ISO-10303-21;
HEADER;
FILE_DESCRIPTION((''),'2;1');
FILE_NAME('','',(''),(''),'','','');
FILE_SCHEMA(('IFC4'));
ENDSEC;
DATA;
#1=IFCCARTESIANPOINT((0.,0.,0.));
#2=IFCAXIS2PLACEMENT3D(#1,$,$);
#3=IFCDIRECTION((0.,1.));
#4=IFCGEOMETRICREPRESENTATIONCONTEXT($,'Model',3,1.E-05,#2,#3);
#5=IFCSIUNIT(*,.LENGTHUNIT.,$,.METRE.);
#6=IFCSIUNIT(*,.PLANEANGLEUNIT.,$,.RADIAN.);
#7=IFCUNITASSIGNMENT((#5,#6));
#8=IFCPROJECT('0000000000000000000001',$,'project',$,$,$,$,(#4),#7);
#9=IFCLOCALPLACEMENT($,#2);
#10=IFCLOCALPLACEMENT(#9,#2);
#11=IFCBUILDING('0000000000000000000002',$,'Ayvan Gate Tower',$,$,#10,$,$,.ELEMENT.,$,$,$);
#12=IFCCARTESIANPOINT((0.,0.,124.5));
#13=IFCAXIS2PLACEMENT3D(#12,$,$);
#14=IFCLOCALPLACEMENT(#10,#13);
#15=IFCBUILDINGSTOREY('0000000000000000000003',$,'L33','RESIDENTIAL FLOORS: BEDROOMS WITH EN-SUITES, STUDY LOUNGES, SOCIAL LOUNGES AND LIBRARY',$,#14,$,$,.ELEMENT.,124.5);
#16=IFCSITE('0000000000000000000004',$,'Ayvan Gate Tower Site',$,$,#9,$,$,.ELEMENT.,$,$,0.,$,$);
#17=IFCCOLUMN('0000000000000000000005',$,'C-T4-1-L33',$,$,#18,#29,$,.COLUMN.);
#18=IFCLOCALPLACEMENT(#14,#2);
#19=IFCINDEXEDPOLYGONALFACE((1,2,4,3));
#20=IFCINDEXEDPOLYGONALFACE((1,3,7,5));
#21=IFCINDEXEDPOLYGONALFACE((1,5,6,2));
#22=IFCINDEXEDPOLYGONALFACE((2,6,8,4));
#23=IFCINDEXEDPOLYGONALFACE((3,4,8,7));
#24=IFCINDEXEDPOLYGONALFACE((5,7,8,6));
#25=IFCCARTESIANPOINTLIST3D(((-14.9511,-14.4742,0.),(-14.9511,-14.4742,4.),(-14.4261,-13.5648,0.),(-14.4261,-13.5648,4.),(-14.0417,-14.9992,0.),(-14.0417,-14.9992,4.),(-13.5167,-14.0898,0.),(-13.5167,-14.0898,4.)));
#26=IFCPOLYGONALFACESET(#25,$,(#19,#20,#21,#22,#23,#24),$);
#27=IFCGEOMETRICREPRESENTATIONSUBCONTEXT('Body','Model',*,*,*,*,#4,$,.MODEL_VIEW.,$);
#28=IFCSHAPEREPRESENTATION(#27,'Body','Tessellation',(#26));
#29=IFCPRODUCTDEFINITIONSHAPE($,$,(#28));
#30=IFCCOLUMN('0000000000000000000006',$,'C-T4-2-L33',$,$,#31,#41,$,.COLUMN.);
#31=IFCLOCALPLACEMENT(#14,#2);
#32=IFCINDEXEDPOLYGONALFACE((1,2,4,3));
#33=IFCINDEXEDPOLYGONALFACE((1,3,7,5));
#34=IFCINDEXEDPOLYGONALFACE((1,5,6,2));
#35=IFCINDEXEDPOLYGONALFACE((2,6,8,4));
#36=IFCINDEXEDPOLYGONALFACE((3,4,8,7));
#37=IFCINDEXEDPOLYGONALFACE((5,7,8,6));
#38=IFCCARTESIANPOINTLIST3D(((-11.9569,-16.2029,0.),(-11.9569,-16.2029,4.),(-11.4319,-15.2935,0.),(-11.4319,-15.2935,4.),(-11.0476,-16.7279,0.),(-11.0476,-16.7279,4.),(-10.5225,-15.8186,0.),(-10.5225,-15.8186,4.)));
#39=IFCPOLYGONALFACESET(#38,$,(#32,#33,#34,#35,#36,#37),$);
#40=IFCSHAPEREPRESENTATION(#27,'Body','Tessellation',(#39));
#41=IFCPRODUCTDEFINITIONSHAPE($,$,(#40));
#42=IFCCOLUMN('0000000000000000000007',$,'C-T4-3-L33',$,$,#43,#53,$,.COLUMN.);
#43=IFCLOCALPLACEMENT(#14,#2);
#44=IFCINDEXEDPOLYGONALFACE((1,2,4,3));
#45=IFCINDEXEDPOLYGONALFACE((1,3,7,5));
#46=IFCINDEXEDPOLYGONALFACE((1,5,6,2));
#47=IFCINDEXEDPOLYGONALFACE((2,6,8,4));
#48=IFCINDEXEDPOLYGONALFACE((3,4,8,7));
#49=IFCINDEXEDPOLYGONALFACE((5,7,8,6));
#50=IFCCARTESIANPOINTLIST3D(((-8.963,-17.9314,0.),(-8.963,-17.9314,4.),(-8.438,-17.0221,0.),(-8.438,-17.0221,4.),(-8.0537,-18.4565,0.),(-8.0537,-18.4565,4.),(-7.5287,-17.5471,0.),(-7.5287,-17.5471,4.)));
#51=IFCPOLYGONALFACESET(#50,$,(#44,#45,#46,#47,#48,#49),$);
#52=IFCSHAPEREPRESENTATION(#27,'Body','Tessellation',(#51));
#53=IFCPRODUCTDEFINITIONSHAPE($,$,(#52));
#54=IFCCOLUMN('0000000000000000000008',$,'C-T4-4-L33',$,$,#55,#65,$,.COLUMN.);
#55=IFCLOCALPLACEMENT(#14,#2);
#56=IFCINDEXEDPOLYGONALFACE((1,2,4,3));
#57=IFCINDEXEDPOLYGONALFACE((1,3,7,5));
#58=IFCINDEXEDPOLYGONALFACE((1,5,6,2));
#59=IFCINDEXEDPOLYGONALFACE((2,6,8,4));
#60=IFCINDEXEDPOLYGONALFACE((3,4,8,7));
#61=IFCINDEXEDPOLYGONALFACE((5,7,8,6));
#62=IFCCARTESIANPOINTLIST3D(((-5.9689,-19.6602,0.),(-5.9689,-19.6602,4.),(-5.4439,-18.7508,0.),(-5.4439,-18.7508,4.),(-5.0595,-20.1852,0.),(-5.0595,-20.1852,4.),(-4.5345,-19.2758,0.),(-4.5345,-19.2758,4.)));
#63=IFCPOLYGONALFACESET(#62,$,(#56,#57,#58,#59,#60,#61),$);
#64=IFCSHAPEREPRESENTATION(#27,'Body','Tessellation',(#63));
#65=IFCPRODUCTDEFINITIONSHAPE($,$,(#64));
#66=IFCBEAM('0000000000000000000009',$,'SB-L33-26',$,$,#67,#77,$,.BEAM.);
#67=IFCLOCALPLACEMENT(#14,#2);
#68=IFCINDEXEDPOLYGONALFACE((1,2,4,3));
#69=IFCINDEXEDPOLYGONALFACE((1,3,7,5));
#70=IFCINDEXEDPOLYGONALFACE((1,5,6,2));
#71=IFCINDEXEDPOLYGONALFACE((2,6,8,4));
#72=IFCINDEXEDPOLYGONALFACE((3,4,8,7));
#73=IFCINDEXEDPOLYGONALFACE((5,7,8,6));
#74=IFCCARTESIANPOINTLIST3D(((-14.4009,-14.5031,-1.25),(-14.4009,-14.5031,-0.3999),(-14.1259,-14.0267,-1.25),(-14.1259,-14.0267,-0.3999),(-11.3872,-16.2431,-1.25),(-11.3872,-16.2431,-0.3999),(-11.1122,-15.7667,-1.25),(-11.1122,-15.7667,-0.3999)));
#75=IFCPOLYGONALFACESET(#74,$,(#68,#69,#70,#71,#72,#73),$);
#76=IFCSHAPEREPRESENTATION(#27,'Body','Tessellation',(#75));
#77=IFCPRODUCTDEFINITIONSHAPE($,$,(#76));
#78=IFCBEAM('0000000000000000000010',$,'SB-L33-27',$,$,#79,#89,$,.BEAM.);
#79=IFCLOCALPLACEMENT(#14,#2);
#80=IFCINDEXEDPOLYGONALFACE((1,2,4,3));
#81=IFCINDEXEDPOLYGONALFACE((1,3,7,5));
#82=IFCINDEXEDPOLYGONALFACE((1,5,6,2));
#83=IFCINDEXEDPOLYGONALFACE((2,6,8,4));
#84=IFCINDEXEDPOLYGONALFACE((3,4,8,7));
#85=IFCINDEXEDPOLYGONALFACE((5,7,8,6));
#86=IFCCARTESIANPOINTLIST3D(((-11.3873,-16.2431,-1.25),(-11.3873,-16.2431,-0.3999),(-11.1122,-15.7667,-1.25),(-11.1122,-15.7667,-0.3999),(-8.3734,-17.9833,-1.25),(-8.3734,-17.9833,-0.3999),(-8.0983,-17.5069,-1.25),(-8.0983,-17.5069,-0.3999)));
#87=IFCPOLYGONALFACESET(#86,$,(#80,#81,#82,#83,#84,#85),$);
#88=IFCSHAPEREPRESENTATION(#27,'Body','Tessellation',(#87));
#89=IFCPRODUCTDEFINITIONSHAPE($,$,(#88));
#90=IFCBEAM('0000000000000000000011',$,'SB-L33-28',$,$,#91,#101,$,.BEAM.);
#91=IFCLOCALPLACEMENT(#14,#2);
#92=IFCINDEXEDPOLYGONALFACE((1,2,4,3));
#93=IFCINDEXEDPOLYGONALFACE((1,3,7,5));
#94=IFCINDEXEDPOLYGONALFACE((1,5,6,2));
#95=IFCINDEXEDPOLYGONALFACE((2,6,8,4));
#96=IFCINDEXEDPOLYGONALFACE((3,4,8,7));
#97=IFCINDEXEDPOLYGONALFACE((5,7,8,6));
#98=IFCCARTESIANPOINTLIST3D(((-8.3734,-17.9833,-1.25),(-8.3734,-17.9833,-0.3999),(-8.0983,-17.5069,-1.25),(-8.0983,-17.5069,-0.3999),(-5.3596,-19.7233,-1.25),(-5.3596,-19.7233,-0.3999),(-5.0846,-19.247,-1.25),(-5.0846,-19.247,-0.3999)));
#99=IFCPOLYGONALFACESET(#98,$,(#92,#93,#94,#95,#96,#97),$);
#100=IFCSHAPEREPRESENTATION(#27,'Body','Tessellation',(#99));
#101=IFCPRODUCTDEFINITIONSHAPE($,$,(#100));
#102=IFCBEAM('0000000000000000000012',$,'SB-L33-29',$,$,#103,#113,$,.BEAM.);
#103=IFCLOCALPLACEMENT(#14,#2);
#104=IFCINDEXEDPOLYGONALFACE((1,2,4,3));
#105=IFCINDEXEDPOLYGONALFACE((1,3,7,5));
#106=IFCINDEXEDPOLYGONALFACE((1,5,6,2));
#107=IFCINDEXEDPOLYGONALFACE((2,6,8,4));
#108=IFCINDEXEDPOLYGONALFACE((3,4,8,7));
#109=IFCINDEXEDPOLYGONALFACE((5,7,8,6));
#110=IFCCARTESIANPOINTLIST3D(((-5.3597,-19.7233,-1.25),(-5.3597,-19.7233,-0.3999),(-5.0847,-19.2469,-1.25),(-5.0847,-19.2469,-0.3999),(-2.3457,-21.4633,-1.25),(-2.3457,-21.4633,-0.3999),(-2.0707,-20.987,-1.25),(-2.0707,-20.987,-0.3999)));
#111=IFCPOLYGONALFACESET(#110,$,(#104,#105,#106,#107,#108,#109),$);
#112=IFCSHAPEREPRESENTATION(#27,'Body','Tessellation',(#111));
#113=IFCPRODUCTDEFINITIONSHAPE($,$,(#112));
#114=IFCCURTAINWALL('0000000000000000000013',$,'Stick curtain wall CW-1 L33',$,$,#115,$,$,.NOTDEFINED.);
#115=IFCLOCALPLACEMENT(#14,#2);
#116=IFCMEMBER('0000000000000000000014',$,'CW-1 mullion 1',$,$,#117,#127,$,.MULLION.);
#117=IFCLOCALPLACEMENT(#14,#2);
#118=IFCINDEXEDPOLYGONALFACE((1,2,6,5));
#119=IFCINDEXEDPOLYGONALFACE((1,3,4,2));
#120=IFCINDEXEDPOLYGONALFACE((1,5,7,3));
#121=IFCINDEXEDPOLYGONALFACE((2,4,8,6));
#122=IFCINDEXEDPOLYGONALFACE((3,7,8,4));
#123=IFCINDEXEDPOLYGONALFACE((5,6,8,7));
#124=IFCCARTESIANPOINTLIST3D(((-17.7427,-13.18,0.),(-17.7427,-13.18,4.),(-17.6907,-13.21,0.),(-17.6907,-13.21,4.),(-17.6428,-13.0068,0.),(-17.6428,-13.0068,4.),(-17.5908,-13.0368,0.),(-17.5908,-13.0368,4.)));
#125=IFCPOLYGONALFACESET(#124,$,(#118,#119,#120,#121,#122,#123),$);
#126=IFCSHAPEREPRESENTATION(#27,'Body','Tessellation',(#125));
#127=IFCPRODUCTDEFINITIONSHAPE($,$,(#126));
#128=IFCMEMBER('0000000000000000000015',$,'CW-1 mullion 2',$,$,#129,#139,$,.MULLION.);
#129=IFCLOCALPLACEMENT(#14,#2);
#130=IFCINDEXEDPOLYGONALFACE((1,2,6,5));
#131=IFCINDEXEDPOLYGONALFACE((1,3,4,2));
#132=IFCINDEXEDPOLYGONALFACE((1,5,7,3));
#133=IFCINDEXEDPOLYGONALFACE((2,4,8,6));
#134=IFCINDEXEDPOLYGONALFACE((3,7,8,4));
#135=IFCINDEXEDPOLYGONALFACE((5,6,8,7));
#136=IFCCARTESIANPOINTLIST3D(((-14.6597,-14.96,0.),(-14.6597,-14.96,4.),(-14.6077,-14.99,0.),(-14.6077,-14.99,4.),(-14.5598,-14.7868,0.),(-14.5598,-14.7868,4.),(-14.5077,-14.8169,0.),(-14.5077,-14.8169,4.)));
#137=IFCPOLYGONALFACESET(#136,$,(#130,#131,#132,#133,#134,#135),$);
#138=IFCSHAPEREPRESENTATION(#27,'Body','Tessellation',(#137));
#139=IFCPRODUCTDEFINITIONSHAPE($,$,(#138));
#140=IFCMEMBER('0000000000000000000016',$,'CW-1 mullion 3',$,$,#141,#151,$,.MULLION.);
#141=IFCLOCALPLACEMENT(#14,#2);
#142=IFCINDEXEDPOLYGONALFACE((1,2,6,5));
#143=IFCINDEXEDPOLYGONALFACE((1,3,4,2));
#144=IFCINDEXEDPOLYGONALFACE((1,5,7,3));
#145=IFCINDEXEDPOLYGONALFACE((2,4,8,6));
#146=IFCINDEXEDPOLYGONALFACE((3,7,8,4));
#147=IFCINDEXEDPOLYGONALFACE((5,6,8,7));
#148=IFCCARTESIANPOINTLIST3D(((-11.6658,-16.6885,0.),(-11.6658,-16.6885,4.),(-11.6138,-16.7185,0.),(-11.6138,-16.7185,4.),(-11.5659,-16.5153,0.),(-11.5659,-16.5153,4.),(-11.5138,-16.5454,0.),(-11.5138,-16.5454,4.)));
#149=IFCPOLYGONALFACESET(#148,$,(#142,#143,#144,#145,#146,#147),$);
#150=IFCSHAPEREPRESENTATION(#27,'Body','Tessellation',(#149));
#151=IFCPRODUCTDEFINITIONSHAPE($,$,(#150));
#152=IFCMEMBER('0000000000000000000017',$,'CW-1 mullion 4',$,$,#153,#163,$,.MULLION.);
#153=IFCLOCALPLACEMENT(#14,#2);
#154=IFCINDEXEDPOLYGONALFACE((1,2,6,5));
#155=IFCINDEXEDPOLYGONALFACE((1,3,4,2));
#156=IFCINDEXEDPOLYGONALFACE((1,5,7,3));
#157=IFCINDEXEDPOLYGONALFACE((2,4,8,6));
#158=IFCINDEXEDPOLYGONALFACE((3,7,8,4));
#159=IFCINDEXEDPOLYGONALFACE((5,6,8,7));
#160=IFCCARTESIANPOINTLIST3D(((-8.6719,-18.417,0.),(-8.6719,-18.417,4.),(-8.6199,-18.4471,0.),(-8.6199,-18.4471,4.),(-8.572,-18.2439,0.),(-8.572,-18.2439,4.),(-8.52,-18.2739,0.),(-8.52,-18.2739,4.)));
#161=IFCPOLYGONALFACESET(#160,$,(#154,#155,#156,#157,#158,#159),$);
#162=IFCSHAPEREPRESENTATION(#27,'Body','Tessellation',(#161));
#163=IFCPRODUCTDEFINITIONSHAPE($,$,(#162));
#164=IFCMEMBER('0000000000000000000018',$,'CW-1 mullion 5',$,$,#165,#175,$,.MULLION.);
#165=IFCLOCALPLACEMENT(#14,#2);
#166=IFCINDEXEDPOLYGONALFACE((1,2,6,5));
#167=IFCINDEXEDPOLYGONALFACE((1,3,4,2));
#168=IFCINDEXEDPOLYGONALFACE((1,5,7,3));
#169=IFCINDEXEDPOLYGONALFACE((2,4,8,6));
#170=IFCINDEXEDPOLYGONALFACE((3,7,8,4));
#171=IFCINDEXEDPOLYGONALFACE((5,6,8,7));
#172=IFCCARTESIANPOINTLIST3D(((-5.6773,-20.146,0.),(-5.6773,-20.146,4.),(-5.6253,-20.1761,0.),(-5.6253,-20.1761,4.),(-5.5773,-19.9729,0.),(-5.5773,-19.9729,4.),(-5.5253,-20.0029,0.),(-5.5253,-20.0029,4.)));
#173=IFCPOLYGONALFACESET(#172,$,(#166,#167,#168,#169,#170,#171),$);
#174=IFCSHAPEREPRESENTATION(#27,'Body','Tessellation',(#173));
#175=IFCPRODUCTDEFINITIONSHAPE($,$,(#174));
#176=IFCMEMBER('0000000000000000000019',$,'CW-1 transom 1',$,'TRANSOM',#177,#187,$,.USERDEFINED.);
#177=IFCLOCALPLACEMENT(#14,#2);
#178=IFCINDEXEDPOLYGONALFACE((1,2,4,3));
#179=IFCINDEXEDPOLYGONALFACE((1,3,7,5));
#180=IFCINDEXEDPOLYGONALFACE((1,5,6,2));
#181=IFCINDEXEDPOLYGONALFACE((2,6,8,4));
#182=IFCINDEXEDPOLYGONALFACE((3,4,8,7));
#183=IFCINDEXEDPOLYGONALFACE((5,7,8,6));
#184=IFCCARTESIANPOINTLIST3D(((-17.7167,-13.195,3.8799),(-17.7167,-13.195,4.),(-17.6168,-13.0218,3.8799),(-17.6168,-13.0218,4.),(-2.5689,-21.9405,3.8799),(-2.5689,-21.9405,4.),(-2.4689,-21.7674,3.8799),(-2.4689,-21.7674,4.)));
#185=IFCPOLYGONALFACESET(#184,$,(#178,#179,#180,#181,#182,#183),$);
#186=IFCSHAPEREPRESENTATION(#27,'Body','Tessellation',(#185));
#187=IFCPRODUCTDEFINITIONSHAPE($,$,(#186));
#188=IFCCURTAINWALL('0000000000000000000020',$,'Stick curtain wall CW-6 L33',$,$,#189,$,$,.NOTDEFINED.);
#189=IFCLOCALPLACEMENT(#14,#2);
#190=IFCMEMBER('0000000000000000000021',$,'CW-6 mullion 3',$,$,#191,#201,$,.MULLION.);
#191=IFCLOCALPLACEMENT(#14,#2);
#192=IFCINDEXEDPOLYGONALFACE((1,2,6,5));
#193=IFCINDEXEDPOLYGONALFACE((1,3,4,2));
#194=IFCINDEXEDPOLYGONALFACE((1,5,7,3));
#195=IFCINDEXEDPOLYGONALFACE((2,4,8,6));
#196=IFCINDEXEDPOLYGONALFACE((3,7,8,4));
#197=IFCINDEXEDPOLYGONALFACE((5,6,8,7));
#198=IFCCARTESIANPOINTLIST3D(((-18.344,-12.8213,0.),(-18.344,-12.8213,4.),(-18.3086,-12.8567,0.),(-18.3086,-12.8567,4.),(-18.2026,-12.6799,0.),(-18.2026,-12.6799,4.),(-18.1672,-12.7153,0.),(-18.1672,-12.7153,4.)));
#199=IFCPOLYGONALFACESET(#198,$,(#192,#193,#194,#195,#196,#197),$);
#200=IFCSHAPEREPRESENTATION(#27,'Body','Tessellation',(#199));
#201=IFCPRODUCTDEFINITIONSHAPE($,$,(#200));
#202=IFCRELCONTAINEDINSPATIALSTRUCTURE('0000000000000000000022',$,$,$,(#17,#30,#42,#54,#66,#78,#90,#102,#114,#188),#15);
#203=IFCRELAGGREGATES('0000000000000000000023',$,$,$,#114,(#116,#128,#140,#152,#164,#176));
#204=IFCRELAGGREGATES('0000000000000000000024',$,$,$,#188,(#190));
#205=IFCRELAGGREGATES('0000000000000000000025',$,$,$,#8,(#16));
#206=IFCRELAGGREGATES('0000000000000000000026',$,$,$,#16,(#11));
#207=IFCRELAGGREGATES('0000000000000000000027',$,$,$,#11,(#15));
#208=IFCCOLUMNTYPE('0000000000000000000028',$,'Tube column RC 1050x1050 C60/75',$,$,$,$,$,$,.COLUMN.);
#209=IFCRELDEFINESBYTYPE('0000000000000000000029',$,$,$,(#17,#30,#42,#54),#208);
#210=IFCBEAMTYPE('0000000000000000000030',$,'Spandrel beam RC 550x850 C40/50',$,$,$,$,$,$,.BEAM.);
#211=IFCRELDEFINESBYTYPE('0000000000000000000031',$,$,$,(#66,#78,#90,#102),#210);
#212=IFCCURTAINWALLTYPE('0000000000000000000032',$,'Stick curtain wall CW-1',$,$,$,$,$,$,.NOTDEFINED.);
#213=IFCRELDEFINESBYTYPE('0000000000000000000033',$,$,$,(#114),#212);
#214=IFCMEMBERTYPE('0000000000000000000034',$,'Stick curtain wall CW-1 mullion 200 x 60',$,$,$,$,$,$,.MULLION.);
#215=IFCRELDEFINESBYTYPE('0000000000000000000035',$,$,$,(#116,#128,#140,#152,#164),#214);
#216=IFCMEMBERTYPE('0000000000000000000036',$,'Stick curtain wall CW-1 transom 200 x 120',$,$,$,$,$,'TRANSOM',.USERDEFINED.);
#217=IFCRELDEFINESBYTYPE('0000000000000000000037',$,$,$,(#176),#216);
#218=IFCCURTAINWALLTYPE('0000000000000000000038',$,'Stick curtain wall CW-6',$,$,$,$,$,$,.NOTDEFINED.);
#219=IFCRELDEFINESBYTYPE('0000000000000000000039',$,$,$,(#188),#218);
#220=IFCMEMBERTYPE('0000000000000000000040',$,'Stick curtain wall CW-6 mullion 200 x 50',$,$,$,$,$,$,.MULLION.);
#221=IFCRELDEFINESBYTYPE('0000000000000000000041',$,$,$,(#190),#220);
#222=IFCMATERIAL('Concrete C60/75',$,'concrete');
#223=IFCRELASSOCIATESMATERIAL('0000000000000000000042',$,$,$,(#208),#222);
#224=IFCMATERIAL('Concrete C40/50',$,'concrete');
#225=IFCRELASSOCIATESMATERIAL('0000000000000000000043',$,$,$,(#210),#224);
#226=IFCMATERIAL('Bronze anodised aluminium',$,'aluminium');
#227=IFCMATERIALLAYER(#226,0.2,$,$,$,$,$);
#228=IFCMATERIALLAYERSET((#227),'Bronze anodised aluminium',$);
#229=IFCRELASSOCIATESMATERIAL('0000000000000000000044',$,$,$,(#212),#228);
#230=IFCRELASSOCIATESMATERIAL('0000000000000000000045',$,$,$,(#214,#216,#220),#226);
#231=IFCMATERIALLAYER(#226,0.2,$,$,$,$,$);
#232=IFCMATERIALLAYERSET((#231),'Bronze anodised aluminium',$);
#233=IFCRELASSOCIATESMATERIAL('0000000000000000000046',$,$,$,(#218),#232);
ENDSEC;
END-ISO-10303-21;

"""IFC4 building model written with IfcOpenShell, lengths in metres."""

from ifc_helpers import new_model, si_unit, direction, frame, origin, origin_2d, place, context, subcontext, project, spatial, rectangle, extrude, material, layer, layer_set, material_profile, profile_set, type_object, element, aggregate, save


model = new_model("IFC4")

# Units and contexts
model_context = context("Model", 3, precision=1e-05, world=origin(), true_north=direction((0.0, 1.0)))
body_context = subcontext(model_context, "Body", "Model", "MODEL_VIEW")
ifc_project = project(units=[si_unit("LENGTHUNIT", "METRE"), si_unit("PLANEANGLEUNIT", "RADIAN")], contexts=[model_context])

# Site, building, storey
site_placement = place(None, origin())
site = spatial("IfcSite", under=ifc_project, at=site_placement, Name="Ayvan Gate Tower Site", CompositionType="ELEMENT", RefElevation=0.0)
building_placement = place(site_placement, origin())
building = spatial("IfcBuilding", under=site, at=building_placement, Name="Ayvan Gate Tower", CompositionType="ELEMENT")
storey_placement = place(building_placement, frame((0.0, 0.0, 124.5)))
storey = spatial("IfcBuildingStorey", under=building, at=storey_placement, Name="L33", Description="RESIDENTIAL FLOORS: BEDROOMS WITH EN-SUITES, STUDY LOUNGES, SOCIAL LOUNGES AND LIBRARY", CompositionType="ELEMENT", Elevation=124.5)

# Columns
ifc_material_1 = material(Name="Concrete C60/75", Category="concrete")
ifc_material_profile_1 = material_profile(ifc_material_1, rectangle(XDim=1.05, YDim=1.05, at=origin_2d()), Name="RC 1050x1050")
ifc_profile_set_1 = profile_set([ifc_material_profile_1], Name="Concrete C60/75")
column_type = type_object("IfcColumnType", Name="Tube column RC 1050x1050 C60/75", PredefinedType="COLUMN", material=ifc_profile_set_1)
for number, where, z_axis, x_axis, name in (
    (1, (-14.2339, -14.282, 0.0), (0.0, 0.0, 1.0), (-0.5, -0.866025, 0.0), "C-T4-1-L33"),
    (2, (-11.2397, -16.0107, 0.0), (0.0, 0.0, 1.0), (-0.5, -0.866025, 0.0), "C-T4-2-L33"),
    (3, (-8.2458, -17.7393, 0.0), (0.0, 0.0, 1.0), (-0.5, -0.866025, 0.0), "C-T4-3-L33"),
    (4, (-5.2517, -19.468, 0.0), (0.0, 0.0, 1.0), (-0.5, -0.866025, 0.0), "C-T4-4-L33"),
):
    element("IfcColumn", number, at=place(storey_placement, frame(where, z_axis=z_axis, x_axis=x_axis)), inside=storey, type_object=column_type, Name=name, PredefinedType="COLUMN", context=body_context, shape_type="SweptSolid", body=[
        extrude(rectangle(XDim=1.05, YDim=1.05, at=origin_2d()), origin(), (0.0, 0.0, 1.0), 4.0),
    ])

# Beams
ifc_material_2 = material(Name="Concrete C40/50", Category="concrete")
ifc_material_profile_2 = material_profile(ifc_material_2, rectangle(XDim=0.55, YDim=0.8501, at=origin_2d()), Name="RC 550x850")
ifc_profile_set_2 = profile_set([ifc_material_profile_2], Name="Concrete C40/50")
beam_type = type_object("IfcBeamType", Name="Spandrel beam RC 550x850 C40/50", PredefinedType="BEAM", material=ifc_profile_set_2)
beam_1_placement = place(storey_placement, frame((-14.2634, -14.2649, -0.825), z_axis=(0.86602, -0.50001, 0.0), x_axis=(0.50001, 0.86602, 0.0)))
element("IfcBeam", 5, at=beam_1_placement, inside=storey, type_object=beam_type, Name="SB-L33-26", PredefinedType="BEAM", context=body_context, shape_type="SweptSolid", body=[
    extrude(rectangle(XDim=0.55, YDim=0.8501, at=origin_2d()), origin(), (0.0, 0.0, 1.0), 3.48),
])
beam_2_placement = place(storey_placement, frame((-11.2498, -16.0049, -0.825), z_axis=(0.866007, -0.500032, 0.0), x_axis=(0.500032, 0.866007, 0.0)))
element("IfcBeam", 6, at=beam_2_placement, inside=storey, type_object=beam_type, Name="SB-L33-27", PredefinedType="BEAM", context=body_context, shape_type="SweptSolid", body=[
    extrude(rectangle(XDim=0.55, YDim=0.8501, at=origin_2d()), origin(), (0.0, 0.0, 1.0), 3.4802),
])
beam_3_placement = place(storey_placement, frame((-8.2358, -17.7451, -0.825), z_axis=(0.86602, -0.50001, 0.0), x_axis=(0.50001, 0.86602, 0.0)))
element("IfcBeam", 7, at=beam_3_placement, inside=storey, type_object=beam_type, Name="SB-L33-28", PredefinedType="BEAM", context=body_context, shape_type="SweptSolid", body=[
    extrude(rectangle(XDim=0.55, YDim=0.8501, at=origin_2d()), origin(), (0.0, 0.0, 1.0), 3.48),
])
beam_4_placement = place(storey_placement, frame((-5.2222, -19.4851, -0.825), z_axis=(0.866037, -0.49998, 0.0), x_axis=(0.49998, 0.866037, 0.0)))
element("IfcBeam", 8, at=beam_4_placement, inside=storey, type_object=beam_type, Name="SB-L33-29", PredefinedType="BEAM", context=body_context, shape_type="SweptSolid", body=[
    extrude(rectangle(XDim=0.55, YDim=0.8501, at=origin_2d()), origin(), (0.0, 0.0, 1.0), 3.4802),
])

# Curtain walls, members
ifc_material_3 = material(Name="Bronze anodised aluminium", Category="aluminium")
ifc_layer_1 = layer(ifc_material_3, 0.2)
ifc_layer_set_1 = layer_set([ifc_layer_1], Name="Bronze anodised aluminium")
curtain_wall_type_1 = type_object("IfcCurtainWallType", Name="Stick curtain wall CW-1", PredefinedType="NOTDEFINED", material=ifc_layer_set_1)
curtain_wall_1_placement = place(storey_placement, origin())
curtain_wall_1 = element("IfcCurtainWall", 9, at=curtain_wall_1_placement, inside=storey, type_object=curtain_wall_type_1, Name="Stick curtain wall CW-1 L33", PredefinedType="NOTDEFINED")
ifc_material_profile_3 = material_profile(ifc_material_3, rectangle(XDim=0.2, YDim=0.0601, at=origin_2d()), Name="Stick curtain wall CW-1 mullion 200 x 60")
ifc_profile_set_3 = profile_set([ifc_material_profile_3], Name="Bronze anodised aluminium")
member_type_1 = type_object("IfcMemberType", Name="Stick curtain wall CW-1 mullion 200 x 60", PredefinedType="MULLION", material=ifc_profile_set_3)
member_1_placement = place(storey_placement, frame((-17.6667, -13.1084, 0.0), z_axis=(0.0, 0.0, 1.0), x_axis=(-0.5, -0.866025, 0.0)))
member_1 = element("IfcMember", 10, at=member_1_placement, type_object=member_type_1, Name="CW-1 mullion 1", PredefinedType="MULLION", context=body_context, shape_type="SweptSolid", body=[
    extrude(rectangle(XDim=0.2, YDim=0.0601, at=origin_2d()), origin(), (0.0, 0.0, 1.0), 4.0),
])
member_2_placement = place(storey_placement, frame((-14.5837, -14.8884, 0.0), z_axis=(0.0, 0.0, 1.0), x_axis=(-0.5, -0.866025, 0.0)))
member_2 = element("IfcMember", 11, at=member_2_placement, type_object=member_type_1, Name="CW-1 mullion 2", PredefinedType="MULLION", context=body_context, shape_type="SweptSolid", body=[
    extrude(rectangle(XDim=0.2, YDim=0.0601, at=origin_2d()), origin(), (0.0, 0.0, 1.0), 4.0),
])
member_3_placement = place(storey_placement, frame((-11.5898, -16.6169, 0.0), z_axis=(0.0, 0.0, 1.0), x_axis=(-0.5, -0.866025, 0.0)))
member_3 = element("IfcMember", 12, at=member_3_placement, type_object=member_type_1, Name="CW-1 mullion 3", PredefinedType="MULLION", context=body_context, shape_type="SweptSolid", body=[
    extrude(rectangle(XDim=0.2, YDim=0.0601, at=origin_2d()), origin(), (0.0, 0.0, 1.0), 4.0),
])
member_4_placement = place(storey_placement, frame((-8.5959, -18.3455, 0.0), z_axis=(0.0, 0.0, 1.0), x_axis=(-0.5, -0.866025, 0.0)))
member_4 = element("IfcMember", 13, at=member_4_placement, type_object=member_type_1, Name="CW-1 mullion 4", PredefinedType="MULLION", context=body_context, shape_type="SweptSolid", body=[
    extrude(rectangle(XDim=0.2, YDim=0.0601, at=origin_2d()), origin(), (0.0, 0.0, 1.0), 4.0),
])
member_5_placement = place(storey_placement, frame((-5.6013, -20.0745, 0.0), z_axis=(0.0, 0.0, 1.0), x_axis=(-0.5, -0.866025, 0.0)))
member_5 = element("IfcMember", 14, at=member_5_placement, type_object=member_type_1, Name="CW-1 mullion 5", PredefinedType="MULLION", context=body_context, shape_type="SweptSolid", body=[
    extrude(rectangle(XDim=0.2, YDim=0.0601, at=origin_2d()), origin(), (0.0, 0.0, 1.0), 4.0),
])
ifc_material_profile_4 = material_profile(ifc_material_3, rectangle(XDim=0.2, YDim=0.1201, at=origin_2d()), Name="Stick curtain wall CW-1 transom 200 x 120")
ifc_profile_set_4 = profile_set([ifc_material_profile_4], Name="Bronze anodised aluminium")
member_type_2 = type_object("IfcMemberType", Name="Stick curtain wall CW-1 transom 200 x 120", ElementType="TRANSOM", PredefinedType="USERDEFINED", material=ifc_profile_set_4)
member_6_placement = place(storey_placement, frame((-17.6667, -13.1084, 3.9399), z_axis=(0.866027, -0.499997, 0.0), x_axis=(0.499997, 0.866027, 0.0)))
member_6 = element("IfcMember", 15, at=member_6_placement, type_object=member_type_2, Name="CW-1 transom 1", ObjectType="TRANSOM", PredefinedType="USERDEFINED", context=body_context, shape_type="SweptSolid", body=[
    extrude(rectangle(XDim=0.2, YDim=0.1201, at=origin_2d()), origin(), (0.0, 0.0, 1.0), 17.4912),
])
ifc_layer_2 = layer(ifc_material_3, 0.2)
ifc_layer_set_2 = layer_set([ifc_layer_2], Name="Bronze anodised aluminium")
curtain_wall_type_2 = type_object("IfcCurtainWallType", Name="Stick curtain wall CW-6", PredefinedType="NOTDEFINED", material=ifc_layer_set_2)
curtain_wall_2_placement = place(storey_placement, origin())
curtain_wall_2 = element("IfcCurtainWall", 16, at=curtain_wall_2_placement, inside=storey, type_object=curtain_wall_type_2, Name="Stick curtain wall CW-6 L33", PredefinedType="NOTDEFINED")
ifc_material_profile_5 = material_profile(ifc_material_3, rectangle(XDim=0.2, YDim=0.05, at=origin_2d()), Name="Stick curtain wall CW-6 mullion 200 x 50")
ifc_profile_set_5 = profile_set([ifc_material_profile_5], Name="Bronze anodised aluminium")
member_type_3 = type_object("IfcMemberType", Name="Stick curtain wall CW-6 mullion 200 x 50", PredefinedType="MULLION", material=ifc_profile_set_5)
member_7_placement = place(storey_placement, frame((-18.2556, -12.7683, 0.0), z_axis=(0.0, 0.0, 1.0), x_axis=(-0.707107, -0.707107, 0.0)))
member_7 = element("IfcMember", 17, at=member_7_placement, type_object=member_type_3, Name="CW-6 mullion 3", PredefinedType="MULLION", context=body_context, shape_type="SweptSolid", body=[
    extrude(rectangle(XDim=0.2, YDim=0.05, at=origin_2d()), origin(), (0.0, 0.0, 1.0), 4.0),
])

aggregate(curtain_wall_1, [member_1, member_2, member_3, member_4, member_5, member_6])
aggregate(curtain_wall_2, [member_7])

save(model, "model.ifc")
